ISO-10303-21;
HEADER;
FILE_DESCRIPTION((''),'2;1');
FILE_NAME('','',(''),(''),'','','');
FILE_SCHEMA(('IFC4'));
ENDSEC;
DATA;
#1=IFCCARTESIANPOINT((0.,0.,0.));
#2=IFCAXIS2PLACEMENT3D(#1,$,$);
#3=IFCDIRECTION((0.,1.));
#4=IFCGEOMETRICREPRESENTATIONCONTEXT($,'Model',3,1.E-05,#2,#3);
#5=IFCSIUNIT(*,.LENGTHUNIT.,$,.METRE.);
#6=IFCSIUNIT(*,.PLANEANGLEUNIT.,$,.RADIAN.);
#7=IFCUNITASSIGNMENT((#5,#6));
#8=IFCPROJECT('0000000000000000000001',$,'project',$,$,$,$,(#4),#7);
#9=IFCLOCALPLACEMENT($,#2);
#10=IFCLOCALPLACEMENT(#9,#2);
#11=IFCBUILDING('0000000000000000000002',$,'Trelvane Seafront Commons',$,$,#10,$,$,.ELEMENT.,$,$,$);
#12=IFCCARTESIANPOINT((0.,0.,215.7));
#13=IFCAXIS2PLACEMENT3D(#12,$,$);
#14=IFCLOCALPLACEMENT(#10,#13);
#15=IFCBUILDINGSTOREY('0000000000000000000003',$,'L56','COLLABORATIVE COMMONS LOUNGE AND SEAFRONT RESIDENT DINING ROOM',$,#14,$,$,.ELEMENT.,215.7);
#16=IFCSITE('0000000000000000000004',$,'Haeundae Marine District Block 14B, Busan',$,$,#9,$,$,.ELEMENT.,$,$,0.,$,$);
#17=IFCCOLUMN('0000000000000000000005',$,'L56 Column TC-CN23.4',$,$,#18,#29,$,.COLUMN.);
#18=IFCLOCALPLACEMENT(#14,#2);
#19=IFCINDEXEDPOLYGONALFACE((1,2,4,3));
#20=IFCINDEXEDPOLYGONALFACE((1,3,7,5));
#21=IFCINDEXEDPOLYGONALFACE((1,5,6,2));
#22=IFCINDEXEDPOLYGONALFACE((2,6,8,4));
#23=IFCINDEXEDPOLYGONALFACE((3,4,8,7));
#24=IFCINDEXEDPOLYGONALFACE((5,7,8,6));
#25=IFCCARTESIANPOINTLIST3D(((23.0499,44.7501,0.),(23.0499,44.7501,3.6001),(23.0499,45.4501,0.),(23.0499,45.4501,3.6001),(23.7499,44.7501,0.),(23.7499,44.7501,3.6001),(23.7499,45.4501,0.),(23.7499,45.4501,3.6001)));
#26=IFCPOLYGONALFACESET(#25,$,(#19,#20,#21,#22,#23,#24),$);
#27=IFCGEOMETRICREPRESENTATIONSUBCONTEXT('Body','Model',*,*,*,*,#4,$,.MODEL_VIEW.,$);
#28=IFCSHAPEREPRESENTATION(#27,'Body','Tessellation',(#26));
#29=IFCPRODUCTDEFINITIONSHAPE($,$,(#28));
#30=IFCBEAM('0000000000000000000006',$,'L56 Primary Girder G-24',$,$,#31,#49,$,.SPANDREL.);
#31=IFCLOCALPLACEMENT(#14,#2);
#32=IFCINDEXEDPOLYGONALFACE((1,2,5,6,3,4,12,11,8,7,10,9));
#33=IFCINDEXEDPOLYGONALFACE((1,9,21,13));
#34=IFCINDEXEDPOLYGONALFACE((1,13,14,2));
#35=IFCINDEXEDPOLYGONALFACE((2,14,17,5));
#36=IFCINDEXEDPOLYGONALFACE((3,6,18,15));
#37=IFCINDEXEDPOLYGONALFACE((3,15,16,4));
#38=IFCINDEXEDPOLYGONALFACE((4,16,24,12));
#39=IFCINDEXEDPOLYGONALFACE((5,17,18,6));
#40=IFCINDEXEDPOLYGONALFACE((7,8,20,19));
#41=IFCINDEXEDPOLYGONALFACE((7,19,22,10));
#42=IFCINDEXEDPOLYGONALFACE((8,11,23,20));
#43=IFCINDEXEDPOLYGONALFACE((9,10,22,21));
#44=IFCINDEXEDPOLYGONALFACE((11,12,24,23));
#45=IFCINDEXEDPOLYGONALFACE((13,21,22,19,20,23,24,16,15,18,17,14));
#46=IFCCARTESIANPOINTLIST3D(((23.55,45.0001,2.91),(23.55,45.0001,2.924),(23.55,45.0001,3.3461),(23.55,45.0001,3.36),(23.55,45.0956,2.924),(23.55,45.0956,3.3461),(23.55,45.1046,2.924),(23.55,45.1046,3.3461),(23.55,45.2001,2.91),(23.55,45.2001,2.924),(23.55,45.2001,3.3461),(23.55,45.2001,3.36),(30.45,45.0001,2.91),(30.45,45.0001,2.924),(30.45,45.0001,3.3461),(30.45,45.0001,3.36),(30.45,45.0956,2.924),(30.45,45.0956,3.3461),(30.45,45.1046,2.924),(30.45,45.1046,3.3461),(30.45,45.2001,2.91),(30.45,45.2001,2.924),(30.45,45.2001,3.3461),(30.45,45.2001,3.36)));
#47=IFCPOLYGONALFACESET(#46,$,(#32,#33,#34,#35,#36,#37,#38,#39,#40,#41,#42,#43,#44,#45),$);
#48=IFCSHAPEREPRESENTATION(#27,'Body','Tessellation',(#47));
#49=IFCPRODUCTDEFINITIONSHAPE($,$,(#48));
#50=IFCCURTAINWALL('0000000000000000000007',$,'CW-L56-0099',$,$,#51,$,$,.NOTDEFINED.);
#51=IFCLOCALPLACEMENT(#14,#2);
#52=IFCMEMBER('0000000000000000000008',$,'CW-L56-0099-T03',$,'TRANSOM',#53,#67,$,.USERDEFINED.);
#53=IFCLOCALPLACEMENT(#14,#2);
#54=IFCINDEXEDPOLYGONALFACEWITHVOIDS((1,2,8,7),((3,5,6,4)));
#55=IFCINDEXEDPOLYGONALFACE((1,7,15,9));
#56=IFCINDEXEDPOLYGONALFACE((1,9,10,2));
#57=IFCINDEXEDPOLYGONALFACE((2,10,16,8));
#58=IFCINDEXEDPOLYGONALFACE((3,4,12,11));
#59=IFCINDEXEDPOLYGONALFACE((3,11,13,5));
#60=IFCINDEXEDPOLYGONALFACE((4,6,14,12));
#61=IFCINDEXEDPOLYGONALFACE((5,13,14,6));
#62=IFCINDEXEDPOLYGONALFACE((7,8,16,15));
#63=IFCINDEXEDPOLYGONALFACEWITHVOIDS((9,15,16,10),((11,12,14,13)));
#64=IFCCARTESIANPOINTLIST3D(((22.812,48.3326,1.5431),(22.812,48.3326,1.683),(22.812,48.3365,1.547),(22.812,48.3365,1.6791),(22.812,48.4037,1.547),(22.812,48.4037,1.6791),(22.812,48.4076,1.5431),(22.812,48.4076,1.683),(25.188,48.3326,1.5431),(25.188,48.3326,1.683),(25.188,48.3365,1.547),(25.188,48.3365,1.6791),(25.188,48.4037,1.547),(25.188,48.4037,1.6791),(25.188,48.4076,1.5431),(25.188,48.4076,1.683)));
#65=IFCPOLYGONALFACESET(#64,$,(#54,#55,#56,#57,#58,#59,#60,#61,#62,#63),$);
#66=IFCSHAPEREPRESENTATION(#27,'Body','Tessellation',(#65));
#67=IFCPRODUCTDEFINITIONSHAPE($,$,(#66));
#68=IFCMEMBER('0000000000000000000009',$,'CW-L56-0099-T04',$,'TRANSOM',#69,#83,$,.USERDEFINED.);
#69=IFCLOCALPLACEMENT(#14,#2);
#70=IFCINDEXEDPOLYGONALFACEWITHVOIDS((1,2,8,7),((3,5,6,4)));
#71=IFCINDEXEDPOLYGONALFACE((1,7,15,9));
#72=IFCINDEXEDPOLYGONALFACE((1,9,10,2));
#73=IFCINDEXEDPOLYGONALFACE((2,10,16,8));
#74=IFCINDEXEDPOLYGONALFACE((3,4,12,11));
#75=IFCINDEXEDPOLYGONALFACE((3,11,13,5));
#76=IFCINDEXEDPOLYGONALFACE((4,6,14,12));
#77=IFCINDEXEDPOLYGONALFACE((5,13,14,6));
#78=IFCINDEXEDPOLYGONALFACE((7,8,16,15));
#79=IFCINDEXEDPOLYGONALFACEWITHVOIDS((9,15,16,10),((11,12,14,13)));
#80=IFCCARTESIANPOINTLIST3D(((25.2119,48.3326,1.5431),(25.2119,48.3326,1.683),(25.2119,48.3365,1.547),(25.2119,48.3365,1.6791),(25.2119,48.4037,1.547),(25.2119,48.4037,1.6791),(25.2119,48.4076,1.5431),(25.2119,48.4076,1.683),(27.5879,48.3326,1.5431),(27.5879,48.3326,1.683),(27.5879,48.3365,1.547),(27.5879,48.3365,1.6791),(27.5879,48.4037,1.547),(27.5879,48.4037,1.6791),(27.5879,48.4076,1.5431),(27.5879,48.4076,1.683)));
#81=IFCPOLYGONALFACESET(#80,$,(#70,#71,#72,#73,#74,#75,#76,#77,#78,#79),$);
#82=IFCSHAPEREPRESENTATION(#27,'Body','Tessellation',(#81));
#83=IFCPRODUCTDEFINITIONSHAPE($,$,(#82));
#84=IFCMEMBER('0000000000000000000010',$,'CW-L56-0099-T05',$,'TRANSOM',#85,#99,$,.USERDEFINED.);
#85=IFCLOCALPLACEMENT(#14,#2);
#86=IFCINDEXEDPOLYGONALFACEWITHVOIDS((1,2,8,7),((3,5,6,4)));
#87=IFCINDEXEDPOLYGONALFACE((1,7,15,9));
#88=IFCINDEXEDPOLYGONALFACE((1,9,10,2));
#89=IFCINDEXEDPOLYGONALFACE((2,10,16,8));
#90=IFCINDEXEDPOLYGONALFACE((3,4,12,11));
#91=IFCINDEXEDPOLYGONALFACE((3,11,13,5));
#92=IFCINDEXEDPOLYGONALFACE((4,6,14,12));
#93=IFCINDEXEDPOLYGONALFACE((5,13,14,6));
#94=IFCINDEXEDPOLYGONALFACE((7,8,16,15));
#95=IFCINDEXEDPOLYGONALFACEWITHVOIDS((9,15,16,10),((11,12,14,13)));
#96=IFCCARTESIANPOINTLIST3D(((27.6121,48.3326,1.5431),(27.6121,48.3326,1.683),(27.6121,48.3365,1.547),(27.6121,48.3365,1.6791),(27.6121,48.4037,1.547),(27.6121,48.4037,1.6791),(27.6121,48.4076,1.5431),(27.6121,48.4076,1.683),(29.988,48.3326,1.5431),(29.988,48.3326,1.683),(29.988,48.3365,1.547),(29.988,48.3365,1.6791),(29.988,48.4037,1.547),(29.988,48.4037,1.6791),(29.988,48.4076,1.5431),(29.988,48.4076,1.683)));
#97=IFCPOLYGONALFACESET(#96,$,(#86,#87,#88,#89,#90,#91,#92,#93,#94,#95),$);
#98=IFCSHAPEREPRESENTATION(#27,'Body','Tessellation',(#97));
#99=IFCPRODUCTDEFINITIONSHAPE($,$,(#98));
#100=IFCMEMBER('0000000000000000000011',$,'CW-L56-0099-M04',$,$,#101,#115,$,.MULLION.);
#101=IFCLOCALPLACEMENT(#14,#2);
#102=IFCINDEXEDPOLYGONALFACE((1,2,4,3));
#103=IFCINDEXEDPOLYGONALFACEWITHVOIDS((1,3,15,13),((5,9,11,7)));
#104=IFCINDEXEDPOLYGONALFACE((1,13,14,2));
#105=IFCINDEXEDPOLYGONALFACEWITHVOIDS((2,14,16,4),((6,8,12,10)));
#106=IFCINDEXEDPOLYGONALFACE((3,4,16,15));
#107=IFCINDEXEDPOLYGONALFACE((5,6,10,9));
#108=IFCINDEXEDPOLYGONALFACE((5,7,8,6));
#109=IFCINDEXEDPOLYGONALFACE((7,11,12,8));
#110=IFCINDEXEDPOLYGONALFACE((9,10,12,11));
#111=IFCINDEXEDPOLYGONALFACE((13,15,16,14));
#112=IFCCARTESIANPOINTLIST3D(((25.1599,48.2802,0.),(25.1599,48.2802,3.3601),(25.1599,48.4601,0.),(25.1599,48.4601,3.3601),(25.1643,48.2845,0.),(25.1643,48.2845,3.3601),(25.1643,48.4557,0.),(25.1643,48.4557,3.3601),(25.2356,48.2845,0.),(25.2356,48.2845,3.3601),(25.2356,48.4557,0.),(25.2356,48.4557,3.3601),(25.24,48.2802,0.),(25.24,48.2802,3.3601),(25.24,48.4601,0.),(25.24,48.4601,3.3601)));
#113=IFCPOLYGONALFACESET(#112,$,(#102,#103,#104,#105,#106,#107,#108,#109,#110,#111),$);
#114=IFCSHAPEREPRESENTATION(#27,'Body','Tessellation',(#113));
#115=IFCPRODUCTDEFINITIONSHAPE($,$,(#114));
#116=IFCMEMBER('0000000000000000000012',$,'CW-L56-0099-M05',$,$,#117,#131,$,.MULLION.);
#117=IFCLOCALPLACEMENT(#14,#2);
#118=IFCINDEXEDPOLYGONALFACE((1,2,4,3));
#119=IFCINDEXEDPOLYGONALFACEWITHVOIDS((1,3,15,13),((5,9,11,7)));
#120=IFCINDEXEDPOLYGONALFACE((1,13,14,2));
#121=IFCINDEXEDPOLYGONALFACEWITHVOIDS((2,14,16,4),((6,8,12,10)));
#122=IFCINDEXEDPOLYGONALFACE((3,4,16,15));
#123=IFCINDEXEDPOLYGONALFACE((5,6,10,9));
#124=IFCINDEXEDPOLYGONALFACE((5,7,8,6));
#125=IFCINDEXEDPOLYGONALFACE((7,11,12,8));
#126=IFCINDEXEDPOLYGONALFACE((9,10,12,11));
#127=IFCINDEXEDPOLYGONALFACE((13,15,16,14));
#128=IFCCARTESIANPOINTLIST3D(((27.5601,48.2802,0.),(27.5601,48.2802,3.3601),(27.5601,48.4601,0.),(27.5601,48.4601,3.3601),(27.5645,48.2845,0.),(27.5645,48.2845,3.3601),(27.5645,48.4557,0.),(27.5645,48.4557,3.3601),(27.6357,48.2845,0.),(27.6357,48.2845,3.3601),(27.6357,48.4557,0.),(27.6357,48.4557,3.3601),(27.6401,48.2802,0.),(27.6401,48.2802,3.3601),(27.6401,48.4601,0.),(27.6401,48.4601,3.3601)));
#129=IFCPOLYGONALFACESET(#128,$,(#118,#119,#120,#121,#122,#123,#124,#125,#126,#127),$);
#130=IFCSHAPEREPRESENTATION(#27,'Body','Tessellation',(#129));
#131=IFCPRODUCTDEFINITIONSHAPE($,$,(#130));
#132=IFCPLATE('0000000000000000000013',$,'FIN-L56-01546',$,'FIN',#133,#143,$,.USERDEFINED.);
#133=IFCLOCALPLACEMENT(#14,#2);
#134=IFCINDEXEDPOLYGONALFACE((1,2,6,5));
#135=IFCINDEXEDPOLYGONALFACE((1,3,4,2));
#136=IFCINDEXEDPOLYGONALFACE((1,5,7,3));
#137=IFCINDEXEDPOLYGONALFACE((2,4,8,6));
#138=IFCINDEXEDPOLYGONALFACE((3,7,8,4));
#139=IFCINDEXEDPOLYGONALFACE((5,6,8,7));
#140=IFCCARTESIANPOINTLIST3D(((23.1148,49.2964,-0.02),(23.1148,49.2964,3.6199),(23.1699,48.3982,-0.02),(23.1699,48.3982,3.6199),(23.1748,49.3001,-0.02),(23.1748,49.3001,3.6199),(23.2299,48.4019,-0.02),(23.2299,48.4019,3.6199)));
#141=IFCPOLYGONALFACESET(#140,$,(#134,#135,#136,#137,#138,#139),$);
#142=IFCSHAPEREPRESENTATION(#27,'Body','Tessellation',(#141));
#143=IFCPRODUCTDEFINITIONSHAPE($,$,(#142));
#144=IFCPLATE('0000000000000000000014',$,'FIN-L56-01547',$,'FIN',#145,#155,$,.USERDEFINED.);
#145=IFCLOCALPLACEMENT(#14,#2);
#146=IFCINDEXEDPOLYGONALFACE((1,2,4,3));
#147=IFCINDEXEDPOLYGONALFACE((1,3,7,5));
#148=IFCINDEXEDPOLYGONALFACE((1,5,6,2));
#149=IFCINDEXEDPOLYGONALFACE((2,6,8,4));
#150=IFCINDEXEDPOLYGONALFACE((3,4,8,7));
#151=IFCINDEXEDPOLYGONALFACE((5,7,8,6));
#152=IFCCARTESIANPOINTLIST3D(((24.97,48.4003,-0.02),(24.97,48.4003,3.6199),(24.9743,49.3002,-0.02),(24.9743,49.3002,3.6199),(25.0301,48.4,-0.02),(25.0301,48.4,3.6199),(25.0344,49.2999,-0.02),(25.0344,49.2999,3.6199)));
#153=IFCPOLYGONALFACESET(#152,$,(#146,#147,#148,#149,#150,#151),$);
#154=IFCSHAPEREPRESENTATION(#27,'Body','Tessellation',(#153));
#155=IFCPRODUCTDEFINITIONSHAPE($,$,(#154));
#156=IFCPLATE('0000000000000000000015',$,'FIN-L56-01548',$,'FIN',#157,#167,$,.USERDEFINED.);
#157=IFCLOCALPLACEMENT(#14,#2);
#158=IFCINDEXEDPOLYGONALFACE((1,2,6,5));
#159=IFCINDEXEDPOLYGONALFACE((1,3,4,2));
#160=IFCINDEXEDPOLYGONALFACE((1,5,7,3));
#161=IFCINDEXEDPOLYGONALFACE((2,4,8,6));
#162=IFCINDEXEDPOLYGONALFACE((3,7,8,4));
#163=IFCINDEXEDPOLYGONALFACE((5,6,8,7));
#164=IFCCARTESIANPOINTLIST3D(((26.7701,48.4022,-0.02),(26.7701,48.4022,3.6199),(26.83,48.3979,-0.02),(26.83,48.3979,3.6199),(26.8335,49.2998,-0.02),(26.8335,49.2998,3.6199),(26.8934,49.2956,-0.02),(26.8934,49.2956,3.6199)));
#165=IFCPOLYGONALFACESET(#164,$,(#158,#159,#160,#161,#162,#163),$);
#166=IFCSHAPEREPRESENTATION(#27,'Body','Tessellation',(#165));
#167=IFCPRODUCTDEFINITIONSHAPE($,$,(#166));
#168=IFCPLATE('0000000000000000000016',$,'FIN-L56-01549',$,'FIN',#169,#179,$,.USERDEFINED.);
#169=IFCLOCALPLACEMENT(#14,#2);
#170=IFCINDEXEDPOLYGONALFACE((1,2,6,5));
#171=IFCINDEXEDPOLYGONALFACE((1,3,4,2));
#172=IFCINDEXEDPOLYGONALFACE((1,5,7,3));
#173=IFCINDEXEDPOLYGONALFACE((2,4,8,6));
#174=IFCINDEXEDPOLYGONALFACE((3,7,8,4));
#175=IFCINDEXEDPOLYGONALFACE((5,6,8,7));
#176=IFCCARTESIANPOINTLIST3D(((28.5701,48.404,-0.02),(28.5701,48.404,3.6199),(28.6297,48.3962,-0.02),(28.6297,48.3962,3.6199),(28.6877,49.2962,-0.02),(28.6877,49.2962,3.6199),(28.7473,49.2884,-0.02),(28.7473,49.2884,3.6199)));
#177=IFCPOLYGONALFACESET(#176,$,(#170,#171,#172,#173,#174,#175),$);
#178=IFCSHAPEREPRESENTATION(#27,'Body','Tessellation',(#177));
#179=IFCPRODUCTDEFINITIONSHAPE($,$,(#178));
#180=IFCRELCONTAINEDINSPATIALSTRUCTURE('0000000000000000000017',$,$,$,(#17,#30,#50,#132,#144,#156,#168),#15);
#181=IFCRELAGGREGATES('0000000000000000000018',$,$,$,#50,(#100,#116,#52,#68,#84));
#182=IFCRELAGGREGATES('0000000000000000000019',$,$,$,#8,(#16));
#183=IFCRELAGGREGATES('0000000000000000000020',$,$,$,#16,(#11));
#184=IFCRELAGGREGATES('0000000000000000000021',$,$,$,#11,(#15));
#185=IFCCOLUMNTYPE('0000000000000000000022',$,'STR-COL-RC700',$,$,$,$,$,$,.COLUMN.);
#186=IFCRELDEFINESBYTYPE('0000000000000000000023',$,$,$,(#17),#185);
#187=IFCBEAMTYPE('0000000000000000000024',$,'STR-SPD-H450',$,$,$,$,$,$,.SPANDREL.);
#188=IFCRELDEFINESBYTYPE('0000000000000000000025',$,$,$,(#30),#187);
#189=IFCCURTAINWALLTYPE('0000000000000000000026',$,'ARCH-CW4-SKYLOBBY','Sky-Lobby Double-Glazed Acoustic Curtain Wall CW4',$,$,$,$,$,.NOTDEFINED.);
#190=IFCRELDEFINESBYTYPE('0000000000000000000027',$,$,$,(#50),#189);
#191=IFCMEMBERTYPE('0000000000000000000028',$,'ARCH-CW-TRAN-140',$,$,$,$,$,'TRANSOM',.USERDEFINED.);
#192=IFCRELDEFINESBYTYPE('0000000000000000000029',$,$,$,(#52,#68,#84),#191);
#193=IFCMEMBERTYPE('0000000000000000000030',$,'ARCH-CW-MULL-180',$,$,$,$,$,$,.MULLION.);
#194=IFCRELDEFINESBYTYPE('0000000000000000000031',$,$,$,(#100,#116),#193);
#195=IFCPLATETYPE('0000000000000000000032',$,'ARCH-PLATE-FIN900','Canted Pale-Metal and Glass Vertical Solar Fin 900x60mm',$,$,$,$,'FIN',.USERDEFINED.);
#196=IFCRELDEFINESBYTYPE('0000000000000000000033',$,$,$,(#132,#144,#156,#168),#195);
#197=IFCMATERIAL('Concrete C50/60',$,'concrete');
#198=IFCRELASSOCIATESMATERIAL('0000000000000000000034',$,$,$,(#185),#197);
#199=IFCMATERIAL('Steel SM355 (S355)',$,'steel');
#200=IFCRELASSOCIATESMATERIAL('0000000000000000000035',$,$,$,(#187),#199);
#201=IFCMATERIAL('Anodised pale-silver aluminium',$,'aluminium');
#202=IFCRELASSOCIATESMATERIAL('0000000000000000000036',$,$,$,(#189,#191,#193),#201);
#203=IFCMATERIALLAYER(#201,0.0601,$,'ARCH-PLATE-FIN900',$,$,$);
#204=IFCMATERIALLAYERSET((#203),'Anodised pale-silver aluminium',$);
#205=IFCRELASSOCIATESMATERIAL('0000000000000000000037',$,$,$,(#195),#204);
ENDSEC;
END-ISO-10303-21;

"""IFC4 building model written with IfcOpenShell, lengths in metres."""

from ifc_helpers import new_model, si_unit, direction, frame, origin, origin_2d, place, context, subcontext, project, spatial, rectangle, hollow_rectangle, i_section, extrude, source, transform, mapped, material, layer, layer_set, material_profile, profile_set, type_object, element, aggregate, save


model = new_model("IFC4")

# Units and contexts
model_context = context("Model", 3, precision=1e-05, world=origin(), true_north=direction((0.0, 1.0)))
body_context = subcontext(model_context, "Body", "Model", "MODEL_VIEW")
ifc_project = project(units=[si_unit("LENGTHUNIT", "METRE"), si_unit("PLANEANGLEUNIT", "RADIAN")], contexts=[model_context])

# Site, building, storey
site_placement = place(None, origin())
site = spatial("IfcSite", under=ifc_project, at=site_placement, Name="Haeundae Marine District Block 14B, Busan", CompositionType="ELEMENT", RefElevation=0.0)
building_placement = place(site_placement, origin())
building = spatial("IfcBuilding", under=site, at=building_placement, Name="Trelvane Seafront Commons", CompositionType="ELEMENT")
storey_placement = place(building_placement, frame((0.0, 0.0, 215.7)))
storey = spatial("IfcBuildingStorey", under=building, at=storey_placement, Name="L56", Description="COLLABORATIVE COMMONS LOUNGE AND SEAFRONT RESIDENT DINING ROOM", CompositionType="ELEMENT", Elevation=215.7)

# Column
ifc_material_1 = material(Name="Concrete C50/60", Category="concrete")
ifc_material_profile_1 = material_profile(ifc_material_1, rectangle(XDim=0.7, YDim=0.7, at=origin_2d()), Name="RC-700x700")
ifc_profile_set_1 = profile_set([ifc_material_profile_1], Name="Concrete C50/60")
column_type = type_object("IfcColumnType", Name="STR-COL-RC700", PredefinedType="COLUMN", material=ifc_profile_set_1)
shared_shape_1 = source(origin(), body_context, "Body", "SweptSolid", [
    extrude(rectangle(XDim=0.7, YDim=0.7, at=origin_2d()), origin(), (0.0, 0.0, 1.0), 3.6001),
])
column_placement = place(storey_placement, frame((23.3999, 45.1001, 0.0), z_axis=(0.0, 0.0, 1.0), x_axis=(1.0, 0.0, 0.0)))
element("IfcColumn", 1, at=column_placement, inside=storey, type_object=column_type, Name="L56 Column TC-CN23.4", PredefinedType="COLUMN", context=body_context, shape_type="MappedRepresentation", body=[
    mapped(shared_shape_1, transform((0.0, 0.0, 0.0), x_axis=(1.0, 0.0, 0.0), y_axis=(0.0, 1.0, 0.0), z_axis=(0.0, 0.0, 1.0), scale=1.0)),
])

# Beam
ifc_material_2 = material(Name="Steel SM355 (S355)", Category="steel")
ifc_material_profile_2 = material_profile(ifc_material_2, i_section(OverallWidth=0.2, OverallDepth=0.45, WebThickness=0.009, FlangeThickness=0.0139, at=origin_2d()), Name="H-450x200x9x14")
ifc_profile_set_2 = profile_set([ifc_material_profile_2], Name="Steel SM355 (S355)")
beam_type = type_object("IfcBeamType", Name="STR-SPD-H450", PredefinedType="SPANDREL", material=ifc_profile_set_2)
shared_shape_2 = source(origin(), body_context, "Body", "SweptSolid", [
    extrude(i_section(OverallWidth=0.2, OverallDepth=0.45, WebThickness=0.009, FlangeThickness=0.0139, at=origin_2d()), origin(), (0.0, 0.0, 1.0), 6.8999),
])
beam_placement = place(storey_placement, frame((23.55, 45.1001, 3.135), z_axis=(1.0, 0.0, 0.0), x_axis=(0.0, 1.0, 0.0)))
element("IfcBeam", 2, at=beam_placement, inside=storey, type_object=beam_type, Name="L56 Primary Girder G-24", PredefinedType="SPANDREL", context=body_context, shape_type="MappedRepresentation", body=[
    mapped(shared_shape_2, transform((0.0, 0.0, 0.0), x_axis=(1.0, 0.0, 0.0), y_axis=(0.0, 1.0, 0.0), z_axis=(0.0, 0.0, 1.0), scale=1.0)),
])

# Curtain wall, members
ifc_material_3 = material(Name="Anodised pale-silver aluminium", Category="aluminium")
curtain_wall_type = type_object("IfcCurtainWallType", Name="ARCH-CW4-SKYLOBBY", Description="Sky-Lobby Double-Glazed Acoustic Curtain Wall CW4", PredefinedType="NOTDEFINED", material=ifc_material_3)
curtain_wall_placement = place(storey_placement, origin())
curtain_wall = element("IfcCurtainWall", 3, at=curtain_wall_placement, inside=storey, type_object=curtain_wall_type, Name="CW-L56-0099", PredefinedType="NOTDEFINED")
ifc_material_profile_3 = material_profile(ifc_material_3, hollow_rectangle(XDim=0.075, YDim=0.1399, WallThickness=0.0039, at=origin_2d()), Name="TRAN-75x140x4")
ifc_profile_set_3 = profile_set([ifc_material_profile_3], Name="Anodised pale-silver aluminium")
member_type_1 = type_object("IfcMemberType", Name="ARCH-CW-TRAN-140", ElementType="TRANSOM", PredefinedType="USERDEFINED", material=ifc_profile_set_3)
shared_shape_3 = source(origin(), body_context, "Body", "SweptSolid", [
    extrude(hollow_rectangle(XDim=0.075, YDim=0.1399, WallThickness=0.0039, at=origin_2d()), origin(), (0.0, 0.0, 1.0), 2.376),
])
member_1_placement = place(storey_placement, frame((22.812, 48.3701, 1.613), z_axis=(1.0, 0.0, 0.0), x_axis=(0.0, 1.0, 0.0)))
member_1 = element("IfcMember", 4, at=member_1_placement, type_object=member_type_1, Name="CW-L56-0099-T03", ObjectType="TRANSOM", PredefinedType="USERDEFINED", context=body_context, shape_type="MappedRepresentation", body=[
    mapped(shared_shape_3, transform((0.0, 0.0, 0.0), x_axis=(1.0, 0.0, 0.0), y_axis=(0.0, 1.0, 0.0), z_axis=(0.0, 0.0, 1.0), scale=1.0)),
])
member_2_placement = place(storey_placement, frame((25.2119, 48.3701, 1.613), z_axis=(1.0, 0.0, 0.0), x_axis=(0.0, 1.0, 0.0)))
member_2 = element("IfcMember", 5, at=member_2_placement, type_object=member_type_1, Name="CW-L56-0099-T04", ObjectType="TRANSOM", PredefinedType="USERDEFINED", context=body_context, shape_type="MappedRepresentation", body=[
    mapped(shared_shape_3, transform((0.0, 0.0, 0.0), x_axis=(1.0, 0.0, 0.0), y_axis=(0.0, 1.0, 0.0), z_axis=(0.0, 0.0, 1.0), scale=1.0)),
])
member_3_placement = place(storey_placement, frame((27.6121, 48.3701, 1.613), z_axis=(1.0, 0.0, 0.0), x_axis=(0.0, 1.0, 0.0)))
member_3 = element("IfcMember", 6, at=member_3_placement, type_object=member_type_1, Name="CW-L56-0099-T05", ObjectType="TRANSOM", PredefinedType="USERDEFINED", context=body_context, shape_type="MappedRepresentation", body=[
    mapped(shared_shape_3, transform((0.0, 0.0, 0.0), x_axis=(1.0, 0.0, 0.0), y_axis=(0.0, 1.0, 0.0), z_axis=(0.0, 0.0, 1.0), scale=1.0)),
])
ifc_material_profile_4 = material_profile(ifc_material_3, hollow_rectangle(XDim=0.0801, YDim=0.1799, WallThickness=0.0044, at=origin_2d()), Name="MULL-80x180x4.5")
ifc_profile_set_4 = profile_set([ifc_material_profile_4], Name="Anodised pale-silver aluminium")
member_type_2 = type_object("IfcMemberType", Name="ARCH-CW-MULL-180", PredefinedType="MULLION", material=ifc_profile_set_4)
shared_shape_4 = source(origin(), body_context, "Body", "SweptSolid", [
    extrude(hollow_rectangle(XDim=0.0801, YDim=0.1799, WallThickness=0.0044, at=origin_2d()), origin(), (0.0, 0.0, 1.0), 3.3601),
])
member_4_placement = place(storey_placement, frame((25.2, 48.3701, 0.0), z_axis=(0.0, 0.0, 1.0), x_axis=(1.0, 0.0, 0.0)))
member_4 = element("IfcMember", 7, at=member_4_placement, type_object=member_type_2, Name="CW-L56-0099-M04", PredefinedType="MULLION", context=body_context, shape_type="MappedRepresentation", body=[
    mapped(shared_shape_4, transform((0.0, 0.0, 0.0), x_axis=(1.0, 0.0, 0.0), y_axis=(0.0, 1.0, 0.0), z_axis=(0.0, 0.0, 1.0), scale=1.0)),
])
member_5_placement = place(storey_placement, frame((27.6001, 48.3701, 0.0), z_axis=(0.0, 0.0, 1.0), x_axis=(1.0, 0.0, 0.0)))
member_5 = element("IfcMember", 8, at=member_5_placement, type_object=member_type_2, Name="CW-L56-0099-M05", PredefinedType="MULLION", context=body_context, shape_type="MappedRepresentation", body=[
    mapped(shared_shape_4, transform((0.0, 0.0, 0.0), x_axis=(1.0, 0.0, 0.0), y_axis=(0.0, 1.0, 0.0), z_axis=(0.0, 0.0, 1.0), scale=1.0)),
])

# Plates
ifc_layer_1 = layer(ifc_material_3, 0.0601, Name="ARCH-PLATE-FIN900")
ifc_layer_set_1 = layer_set([ifc_layer_1], Name="Anodised pale-silver aluminium")
plate_type_1 = type_object("IfcPlateType", Name="ARCH-PLATE-FIN900", Description="Canted Pale-Metal and Glass Vertical Solar Fin 900x60mm", ElementType="FIN", PredefinedType="USERDEFINED", material=ifc_layer_set_1)
shared_shape_5 = source(origin(), body_context, "Body", "SweptSolid", [
    extrude(rectangle(XDim=0.8999, YDim=0.0601, at=origin_2d()), origin(), (0.0, 0.0, 1.0), 3.6399),
])
for number, where, z_axis, x_axis, name in (
    (9, (23.1724, 48.8491, -0.02), (0.0, 0.0, 1.0), (-0.061223, 0.998124, 0.0), "FIN-L56-01546"),
    (10, (25.0022, 48.8501, -0.02), (0.0, 0.0, 1.0), (0.004777, 0.999989, 0.0), "FIN-L56-01547"),
    (11, (26.8318, 48.8489, -0.02), (0.0, 0.0, 1.0), (0.070442, 0.997516, 0.0), "FIN-L56-01548"),
    (12, (28.6587, 48.8462, -0.02), (0.0, 0.0, 1.0), (0.130665, 0.991427, 0.0), "FIN-L56-01549"),
):
    element("IfcPlate", number, at=place(storey_placement, frame(where, z_axis=z_axis, x_axis=x_axis)), inside=storey, type_object=plate_type_1, Name=name, ObjectType="FIN", PredefinedType="USERDEFINED", context=body_context, shape_type="MappedRepresentation", body=[
        mapped(shared_shape_5, transform((0.0, 0.0, 0.0), x_axis=(1.0, 0.0, 0.0), y_axis=(0.0, 1.0, 0.0), z_axis=(0.0, 0.0, 1.0), scale=1.0)),
    ])

aggregate(curtain_wall, [member_4, member_5, member_1, member_2, member_3])

save(model, "model.ifc")
